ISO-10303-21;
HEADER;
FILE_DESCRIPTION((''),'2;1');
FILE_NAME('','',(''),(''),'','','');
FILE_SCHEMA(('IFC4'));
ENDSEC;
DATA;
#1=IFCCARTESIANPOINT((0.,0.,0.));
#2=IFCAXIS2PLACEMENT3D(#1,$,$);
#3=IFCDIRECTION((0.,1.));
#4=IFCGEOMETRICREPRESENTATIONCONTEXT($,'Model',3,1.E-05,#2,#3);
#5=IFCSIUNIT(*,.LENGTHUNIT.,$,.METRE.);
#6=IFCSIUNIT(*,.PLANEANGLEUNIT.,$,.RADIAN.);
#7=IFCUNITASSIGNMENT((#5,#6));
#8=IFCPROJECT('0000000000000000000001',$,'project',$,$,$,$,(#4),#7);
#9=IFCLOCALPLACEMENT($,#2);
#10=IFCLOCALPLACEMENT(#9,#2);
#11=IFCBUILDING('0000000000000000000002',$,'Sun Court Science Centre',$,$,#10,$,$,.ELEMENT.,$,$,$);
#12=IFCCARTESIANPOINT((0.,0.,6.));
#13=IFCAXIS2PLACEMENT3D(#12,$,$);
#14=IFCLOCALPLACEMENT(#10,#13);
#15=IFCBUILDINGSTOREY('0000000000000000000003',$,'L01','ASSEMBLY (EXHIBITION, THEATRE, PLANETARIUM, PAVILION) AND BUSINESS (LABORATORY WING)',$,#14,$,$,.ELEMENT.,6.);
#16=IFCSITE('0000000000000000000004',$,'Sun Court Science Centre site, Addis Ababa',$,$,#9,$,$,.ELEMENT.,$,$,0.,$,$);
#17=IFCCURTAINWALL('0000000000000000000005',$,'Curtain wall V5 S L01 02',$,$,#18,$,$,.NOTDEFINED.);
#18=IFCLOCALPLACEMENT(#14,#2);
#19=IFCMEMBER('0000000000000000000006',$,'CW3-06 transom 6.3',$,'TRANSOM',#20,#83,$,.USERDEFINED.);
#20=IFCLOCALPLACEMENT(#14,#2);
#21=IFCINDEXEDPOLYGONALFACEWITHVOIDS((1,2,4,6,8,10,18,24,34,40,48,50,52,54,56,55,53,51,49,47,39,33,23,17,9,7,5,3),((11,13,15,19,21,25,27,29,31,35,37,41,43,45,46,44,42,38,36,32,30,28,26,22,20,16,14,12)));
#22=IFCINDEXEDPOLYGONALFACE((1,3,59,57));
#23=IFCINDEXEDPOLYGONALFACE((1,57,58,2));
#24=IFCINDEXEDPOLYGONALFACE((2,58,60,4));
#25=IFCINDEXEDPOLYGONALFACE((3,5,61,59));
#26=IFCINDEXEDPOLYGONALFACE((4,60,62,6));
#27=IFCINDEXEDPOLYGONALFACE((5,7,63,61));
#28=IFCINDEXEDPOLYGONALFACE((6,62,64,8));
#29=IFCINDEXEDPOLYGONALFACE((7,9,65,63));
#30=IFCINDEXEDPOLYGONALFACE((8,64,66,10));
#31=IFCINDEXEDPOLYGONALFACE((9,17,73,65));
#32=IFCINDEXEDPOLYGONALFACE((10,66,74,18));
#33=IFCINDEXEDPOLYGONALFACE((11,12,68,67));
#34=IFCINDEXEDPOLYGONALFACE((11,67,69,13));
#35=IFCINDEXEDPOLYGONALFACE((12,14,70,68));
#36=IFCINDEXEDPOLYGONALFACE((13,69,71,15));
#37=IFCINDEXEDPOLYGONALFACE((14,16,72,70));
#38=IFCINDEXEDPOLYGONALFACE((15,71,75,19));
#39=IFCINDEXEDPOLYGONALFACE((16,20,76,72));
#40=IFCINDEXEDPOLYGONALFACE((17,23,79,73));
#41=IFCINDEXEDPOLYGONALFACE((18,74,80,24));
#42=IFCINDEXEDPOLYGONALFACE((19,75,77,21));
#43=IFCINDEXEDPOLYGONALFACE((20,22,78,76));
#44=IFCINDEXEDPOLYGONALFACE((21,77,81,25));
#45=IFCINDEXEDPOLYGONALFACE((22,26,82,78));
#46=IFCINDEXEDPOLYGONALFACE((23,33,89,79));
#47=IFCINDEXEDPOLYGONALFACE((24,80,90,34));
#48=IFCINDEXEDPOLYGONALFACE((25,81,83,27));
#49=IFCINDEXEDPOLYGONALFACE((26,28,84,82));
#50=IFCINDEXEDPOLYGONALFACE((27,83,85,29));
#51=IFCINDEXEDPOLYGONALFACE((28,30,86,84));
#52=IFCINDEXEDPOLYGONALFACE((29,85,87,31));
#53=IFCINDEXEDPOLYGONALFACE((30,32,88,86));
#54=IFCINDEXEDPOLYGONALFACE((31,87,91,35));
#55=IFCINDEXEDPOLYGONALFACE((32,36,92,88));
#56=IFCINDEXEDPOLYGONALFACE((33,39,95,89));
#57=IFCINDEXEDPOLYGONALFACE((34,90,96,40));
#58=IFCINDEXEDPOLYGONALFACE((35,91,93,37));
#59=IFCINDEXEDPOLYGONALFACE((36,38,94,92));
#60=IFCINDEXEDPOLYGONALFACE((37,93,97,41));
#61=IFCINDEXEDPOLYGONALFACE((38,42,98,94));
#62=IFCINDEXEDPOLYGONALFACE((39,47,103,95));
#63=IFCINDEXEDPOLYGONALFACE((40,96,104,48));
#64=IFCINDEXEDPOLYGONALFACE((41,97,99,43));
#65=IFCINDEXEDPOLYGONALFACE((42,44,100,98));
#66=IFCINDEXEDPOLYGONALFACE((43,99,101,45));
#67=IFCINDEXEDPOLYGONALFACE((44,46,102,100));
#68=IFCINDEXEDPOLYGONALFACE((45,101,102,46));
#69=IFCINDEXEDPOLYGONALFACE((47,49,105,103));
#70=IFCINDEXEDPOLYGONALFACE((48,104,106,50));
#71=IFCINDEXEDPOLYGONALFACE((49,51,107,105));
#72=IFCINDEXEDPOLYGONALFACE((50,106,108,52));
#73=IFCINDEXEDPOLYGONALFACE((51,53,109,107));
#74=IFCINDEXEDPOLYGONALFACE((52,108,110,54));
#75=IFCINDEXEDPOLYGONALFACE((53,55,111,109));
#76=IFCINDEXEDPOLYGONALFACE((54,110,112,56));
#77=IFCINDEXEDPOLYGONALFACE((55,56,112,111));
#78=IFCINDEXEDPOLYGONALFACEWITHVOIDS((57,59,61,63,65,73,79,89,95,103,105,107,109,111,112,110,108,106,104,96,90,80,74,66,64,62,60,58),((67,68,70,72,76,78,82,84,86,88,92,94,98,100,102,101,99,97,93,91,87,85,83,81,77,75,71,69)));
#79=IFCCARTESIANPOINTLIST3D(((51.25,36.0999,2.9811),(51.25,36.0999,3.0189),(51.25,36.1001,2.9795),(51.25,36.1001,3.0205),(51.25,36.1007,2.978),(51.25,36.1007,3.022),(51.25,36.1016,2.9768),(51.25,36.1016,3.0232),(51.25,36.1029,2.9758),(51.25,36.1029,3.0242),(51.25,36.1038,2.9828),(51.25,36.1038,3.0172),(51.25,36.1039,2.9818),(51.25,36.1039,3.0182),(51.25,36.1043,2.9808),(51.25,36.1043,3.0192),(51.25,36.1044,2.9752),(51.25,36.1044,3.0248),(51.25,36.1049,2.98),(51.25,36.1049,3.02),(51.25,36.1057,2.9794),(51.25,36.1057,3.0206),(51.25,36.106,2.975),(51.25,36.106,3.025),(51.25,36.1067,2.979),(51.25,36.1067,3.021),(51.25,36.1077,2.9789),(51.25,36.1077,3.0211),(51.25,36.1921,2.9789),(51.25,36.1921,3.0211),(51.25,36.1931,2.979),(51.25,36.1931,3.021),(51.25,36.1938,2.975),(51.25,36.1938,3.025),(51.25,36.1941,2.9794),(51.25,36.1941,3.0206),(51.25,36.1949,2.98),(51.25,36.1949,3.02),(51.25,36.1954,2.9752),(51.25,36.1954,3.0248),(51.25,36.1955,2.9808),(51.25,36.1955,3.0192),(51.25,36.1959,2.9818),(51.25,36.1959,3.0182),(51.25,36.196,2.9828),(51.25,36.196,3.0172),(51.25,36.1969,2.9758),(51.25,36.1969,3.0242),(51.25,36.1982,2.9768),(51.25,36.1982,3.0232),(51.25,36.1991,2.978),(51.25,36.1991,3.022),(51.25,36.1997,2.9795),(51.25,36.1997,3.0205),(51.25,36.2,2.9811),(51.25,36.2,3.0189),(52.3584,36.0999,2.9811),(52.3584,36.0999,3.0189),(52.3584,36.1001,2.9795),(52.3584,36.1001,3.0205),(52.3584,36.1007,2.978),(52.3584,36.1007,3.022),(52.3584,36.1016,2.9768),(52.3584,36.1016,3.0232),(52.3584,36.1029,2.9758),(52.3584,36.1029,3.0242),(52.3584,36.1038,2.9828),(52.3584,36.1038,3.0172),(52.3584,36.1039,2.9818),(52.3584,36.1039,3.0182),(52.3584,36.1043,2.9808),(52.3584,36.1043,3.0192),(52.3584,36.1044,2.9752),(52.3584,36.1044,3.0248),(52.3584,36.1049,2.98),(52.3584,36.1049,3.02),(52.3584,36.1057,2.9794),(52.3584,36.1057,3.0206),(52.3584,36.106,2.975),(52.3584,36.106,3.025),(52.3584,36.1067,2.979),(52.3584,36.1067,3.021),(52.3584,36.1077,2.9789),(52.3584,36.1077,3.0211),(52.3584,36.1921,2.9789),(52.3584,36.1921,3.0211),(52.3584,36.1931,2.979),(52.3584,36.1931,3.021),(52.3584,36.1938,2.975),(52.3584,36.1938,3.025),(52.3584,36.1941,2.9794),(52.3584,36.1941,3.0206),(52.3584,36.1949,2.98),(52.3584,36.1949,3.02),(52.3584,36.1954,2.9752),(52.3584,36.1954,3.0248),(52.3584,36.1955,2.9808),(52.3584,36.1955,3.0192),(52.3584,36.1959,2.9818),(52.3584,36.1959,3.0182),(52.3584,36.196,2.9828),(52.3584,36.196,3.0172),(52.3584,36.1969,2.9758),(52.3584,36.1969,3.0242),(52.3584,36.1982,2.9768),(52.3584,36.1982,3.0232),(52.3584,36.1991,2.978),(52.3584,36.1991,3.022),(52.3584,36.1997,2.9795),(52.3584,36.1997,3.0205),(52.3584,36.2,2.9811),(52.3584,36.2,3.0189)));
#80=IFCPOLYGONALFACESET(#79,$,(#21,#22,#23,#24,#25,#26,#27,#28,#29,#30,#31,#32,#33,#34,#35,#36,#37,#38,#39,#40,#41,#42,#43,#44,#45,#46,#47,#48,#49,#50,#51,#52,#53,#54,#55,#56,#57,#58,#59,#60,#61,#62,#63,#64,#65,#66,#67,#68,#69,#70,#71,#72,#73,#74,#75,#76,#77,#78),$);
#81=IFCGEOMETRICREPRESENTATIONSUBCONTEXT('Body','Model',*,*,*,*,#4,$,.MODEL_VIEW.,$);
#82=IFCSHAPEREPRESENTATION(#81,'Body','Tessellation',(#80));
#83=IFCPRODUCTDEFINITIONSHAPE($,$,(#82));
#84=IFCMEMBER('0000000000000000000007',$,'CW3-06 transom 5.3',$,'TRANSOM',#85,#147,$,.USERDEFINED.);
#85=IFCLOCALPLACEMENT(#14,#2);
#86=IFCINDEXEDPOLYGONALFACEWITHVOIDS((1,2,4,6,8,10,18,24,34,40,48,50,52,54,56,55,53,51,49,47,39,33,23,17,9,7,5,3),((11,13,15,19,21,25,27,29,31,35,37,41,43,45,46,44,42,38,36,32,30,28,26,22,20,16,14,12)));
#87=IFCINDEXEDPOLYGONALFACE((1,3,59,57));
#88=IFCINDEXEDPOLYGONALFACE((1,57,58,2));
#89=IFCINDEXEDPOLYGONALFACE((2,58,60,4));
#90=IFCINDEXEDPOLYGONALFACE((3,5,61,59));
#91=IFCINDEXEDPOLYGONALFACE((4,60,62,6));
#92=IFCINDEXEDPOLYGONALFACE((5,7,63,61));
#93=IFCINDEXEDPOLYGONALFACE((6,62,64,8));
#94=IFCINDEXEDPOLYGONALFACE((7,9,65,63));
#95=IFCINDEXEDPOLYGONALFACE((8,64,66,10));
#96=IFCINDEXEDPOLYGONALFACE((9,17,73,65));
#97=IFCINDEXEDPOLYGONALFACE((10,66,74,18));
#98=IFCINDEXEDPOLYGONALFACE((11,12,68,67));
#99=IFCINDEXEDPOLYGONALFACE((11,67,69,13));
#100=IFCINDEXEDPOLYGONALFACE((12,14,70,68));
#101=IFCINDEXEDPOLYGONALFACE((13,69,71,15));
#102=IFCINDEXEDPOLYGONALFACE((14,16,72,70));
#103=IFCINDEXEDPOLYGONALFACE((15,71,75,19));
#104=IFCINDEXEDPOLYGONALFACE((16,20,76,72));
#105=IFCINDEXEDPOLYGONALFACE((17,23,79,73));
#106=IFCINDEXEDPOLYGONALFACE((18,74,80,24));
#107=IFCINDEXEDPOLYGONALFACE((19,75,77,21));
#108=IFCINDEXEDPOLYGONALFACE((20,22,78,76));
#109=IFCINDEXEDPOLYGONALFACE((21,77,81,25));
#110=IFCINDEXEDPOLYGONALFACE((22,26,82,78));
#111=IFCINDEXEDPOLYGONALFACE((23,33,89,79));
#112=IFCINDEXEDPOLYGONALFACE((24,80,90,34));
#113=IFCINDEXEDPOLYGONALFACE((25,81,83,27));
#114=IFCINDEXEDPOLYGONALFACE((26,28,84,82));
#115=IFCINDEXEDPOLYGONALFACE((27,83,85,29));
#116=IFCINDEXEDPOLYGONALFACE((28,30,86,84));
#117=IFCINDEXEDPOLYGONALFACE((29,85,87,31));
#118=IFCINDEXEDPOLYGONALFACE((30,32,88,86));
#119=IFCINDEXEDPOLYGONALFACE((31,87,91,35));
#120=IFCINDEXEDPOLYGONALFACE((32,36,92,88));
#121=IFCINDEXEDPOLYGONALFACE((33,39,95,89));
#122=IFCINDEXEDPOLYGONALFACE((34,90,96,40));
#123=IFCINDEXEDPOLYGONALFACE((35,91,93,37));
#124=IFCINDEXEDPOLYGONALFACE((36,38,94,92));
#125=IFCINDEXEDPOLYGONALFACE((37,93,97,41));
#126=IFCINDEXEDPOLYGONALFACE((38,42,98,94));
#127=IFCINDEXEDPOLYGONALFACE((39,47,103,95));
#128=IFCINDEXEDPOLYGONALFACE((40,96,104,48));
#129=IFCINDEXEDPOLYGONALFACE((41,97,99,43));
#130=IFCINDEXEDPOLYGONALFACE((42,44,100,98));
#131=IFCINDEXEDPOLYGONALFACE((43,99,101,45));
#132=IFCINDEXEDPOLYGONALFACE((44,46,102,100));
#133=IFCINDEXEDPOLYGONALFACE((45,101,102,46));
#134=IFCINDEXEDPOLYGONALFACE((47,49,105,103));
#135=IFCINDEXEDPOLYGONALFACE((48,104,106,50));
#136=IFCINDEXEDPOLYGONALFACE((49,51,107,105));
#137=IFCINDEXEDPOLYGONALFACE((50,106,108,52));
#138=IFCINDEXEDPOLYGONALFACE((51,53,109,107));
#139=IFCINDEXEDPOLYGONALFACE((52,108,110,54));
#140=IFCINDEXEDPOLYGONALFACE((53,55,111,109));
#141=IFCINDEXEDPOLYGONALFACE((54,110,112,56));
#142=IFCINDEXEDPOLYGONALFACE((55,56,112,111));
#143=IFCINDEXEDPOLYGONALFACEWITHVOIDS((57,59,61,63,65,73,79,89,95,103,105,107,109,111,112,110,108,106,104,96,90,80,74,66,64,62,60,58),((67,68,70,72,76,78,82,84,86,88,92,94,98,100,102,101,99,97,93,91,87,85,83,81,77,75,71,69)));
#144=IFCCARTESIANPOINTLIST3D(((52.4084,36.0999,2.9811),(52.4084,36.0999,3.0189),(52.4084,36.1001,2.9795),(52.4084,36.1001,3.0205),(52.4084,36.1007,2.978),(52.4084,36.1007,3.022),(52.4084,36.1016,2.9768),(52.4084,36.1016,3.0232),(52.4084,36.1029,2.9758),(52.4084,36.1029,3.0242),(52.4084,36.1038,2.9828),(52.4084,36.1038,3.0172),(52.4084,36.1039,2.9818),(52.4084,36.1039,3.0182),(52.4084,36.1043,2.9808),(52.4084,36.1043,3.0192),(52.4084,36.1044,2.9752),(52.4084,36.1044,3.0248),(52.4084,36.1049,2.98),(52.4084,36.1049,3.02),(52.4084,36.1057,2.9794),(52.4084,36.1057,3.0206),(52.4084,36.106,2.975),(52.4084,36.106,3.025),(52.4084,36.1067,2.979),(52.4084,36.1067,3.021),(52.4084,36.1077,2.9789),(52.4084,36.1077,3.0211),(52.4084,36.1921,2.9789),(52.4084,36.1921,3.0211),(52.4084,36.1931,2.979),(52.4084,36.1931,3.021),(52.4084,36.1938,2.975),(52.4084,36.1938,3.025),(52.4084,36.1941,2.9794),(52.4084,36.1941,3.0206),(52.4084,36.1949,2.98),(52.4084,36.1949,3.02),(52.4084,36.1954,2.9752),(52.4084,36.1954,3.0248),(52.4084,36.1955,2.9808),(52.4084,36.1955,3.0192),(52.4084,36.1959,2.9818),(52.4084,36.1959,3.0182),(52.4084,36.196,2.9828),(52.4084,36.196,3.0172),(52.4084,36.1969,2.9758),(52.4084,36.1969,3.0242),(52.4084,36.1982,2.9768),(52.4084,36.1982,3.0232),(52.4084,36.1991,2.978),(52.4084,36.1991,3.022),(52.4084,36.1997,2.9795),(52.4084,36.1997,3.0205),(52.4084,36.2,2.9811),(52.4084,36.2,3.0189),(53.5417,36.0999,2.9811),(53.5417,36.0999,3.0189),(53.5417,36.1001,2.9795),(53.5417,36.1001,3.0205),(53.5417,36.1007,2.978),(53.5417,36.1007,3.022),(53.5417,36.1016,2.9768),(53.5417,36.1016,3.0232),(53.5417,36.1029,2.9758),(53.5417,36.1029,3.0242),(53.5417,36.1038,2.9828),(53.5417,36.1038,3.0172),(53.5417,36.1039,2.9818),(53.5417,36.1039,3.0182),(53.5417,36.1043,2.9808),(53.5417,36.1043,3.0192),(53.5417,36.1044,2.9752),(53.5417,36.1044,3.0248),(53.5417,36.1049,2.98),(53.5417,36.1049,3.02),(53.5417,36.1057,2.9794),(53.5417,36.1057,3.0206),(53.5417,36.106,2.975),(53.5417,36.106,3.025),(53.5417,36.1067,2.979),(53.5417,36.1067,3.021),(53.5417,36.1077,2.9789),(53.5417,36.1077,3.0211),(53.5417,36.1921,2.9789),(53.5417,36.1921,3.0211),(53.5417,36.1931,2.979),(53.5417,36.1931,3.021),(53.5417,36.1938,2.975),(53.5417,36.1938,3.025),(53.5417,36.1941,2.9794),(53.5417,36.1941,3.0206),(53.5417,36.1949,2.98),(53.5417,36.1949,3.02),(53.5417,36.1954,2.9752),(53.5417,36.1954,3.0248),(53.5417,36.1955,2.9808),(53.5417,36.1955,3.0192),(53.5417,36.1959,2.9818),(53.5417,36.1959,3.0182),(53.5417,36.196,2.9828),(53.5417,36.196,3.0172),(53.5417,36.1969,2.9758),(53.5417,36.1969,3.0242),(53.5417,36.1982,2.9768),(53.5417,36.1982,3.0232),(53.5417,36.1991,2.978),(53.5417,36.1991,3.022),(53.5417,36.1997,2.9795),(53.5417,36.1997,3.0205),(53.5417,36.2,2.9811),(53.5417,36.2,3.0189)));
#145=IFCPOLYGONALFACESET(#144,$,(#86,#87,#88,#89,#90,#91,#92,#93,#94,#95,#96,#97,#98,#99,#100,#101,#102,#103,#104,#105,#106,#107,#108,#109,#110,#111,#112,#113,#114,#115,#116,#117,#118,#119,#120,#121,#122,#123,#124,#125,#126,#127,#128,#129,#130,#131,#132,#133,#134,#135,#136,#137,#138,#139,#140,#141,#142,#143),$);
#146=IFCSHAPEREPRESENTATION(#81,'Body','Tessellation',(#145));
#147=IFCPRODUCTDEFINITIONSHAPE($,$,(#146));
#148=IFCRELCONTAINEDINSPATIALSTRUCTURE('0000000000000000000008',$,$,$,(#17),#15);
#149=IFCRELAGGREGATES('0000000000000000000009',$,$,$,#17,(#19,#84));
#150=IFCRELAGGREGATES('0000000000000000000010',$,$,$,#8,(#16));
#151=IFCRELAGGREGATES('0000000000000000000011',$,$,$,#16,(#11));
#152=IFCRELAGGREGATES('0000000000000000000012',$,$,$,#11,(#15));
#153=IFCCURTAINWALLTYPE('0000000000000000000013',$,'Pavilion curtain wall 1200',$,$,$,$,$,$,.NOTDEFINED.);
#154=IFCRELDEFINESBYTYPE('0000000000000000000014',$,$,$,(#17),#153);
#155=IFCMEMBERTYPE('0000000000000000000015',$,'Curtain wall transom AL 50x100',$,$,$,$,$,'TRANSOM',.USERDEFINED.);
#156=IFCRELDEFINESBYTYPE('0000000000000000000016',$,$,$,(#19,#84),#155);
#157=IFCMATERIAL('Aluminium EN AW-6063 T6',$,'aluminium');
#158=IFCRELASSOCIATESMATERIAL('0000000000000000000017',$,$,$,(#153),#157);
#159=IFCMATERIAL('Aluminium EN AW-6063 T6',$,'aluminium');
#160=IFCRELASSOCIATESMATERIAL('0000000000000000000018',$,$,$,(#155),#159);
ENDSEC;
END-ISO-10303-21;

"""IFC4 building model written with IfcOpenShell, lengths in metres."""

from ifc_helpers import new_model, si_unit, direction, frame, origin, origin_2d, place, context, subcontext, project, spatial, hollow_rectangle, extrude, material, material_profile, profile_set, type_object, element, aggregate, save


model = new_model("IFC4")

# Units and contexts
model_context = context("Model", 3, precision=1e-05, world=origin(), true_north=direction((0.0, 1.0)))
body_context = subcontext(model_context, "Body", "Model", "MODEL_VIEW")
ifc_project = project(units=[si_unit("LENGTHUNIT", "METRE"), si_unit("PLANEANGLEUNIT", "RADIAN")], contexts=[model_context])

# Site, building, storey
site_placement = place(None, origin())
site = spatial("IfcSite", under=ifc_project, at=site_placement, Name="Sun Court Science Centre site, Addis Ababa", CompositionType="ELEMENT", RefElevation=0.0)
building_placement = place(site_placement, origin())
building = spatial("IfcBuilding", under=site, at=building_placement, Name="Sun Court Science Centre", CompositionType="ELEMENT")
storey_placement = place(building_placement, frame((0.0, 0.0, 6.0)))
storey = spatial("IfcBuildingStorey", under=building, at=storey_placement, Name="L01", Description="ASSEMBLY (EXHIBITION, THEATRE, PLANETARIUM, PAVILION) AND BUSINESS (LABORATORY WING)", CompositionType="ELEMENT", Elevation=6.0)

# Curtain wall, members
ifc_material_1 = material(Name="Aluminium EN AW-6063 T6", Category="aluminium")
curtain_wall_type = type_object("IfcCurtainWallType", Name="Pavilion curtain wall 1200", PredefinedType="NOTDEFINED", material=ifc_material_1)
curtain_wall_placement = place(storey_placement, origin())
curtain_wall = element("IfcCurtainWall", 1, at=curtain_wall_placement, inside=storey, type_object=curtain_wall_type, Name="Curtain wall V5 S L01 02", PredefinedType="NOTDEFINED")
ifc_material_2 = material(Name="Aluminium EN AW-6063 T6", Category="aluminium")
ifc_material_profile_1 = material_profile(ifc_material_2, hollow_rectangle(XDim=0.05, YDim=0.1001, WallThickness=0.0039, InnerFilletRadius=0.0039, OuterFilletRadius=0.0061, at=origin_2d()), Name="AL 50x100x4")
ifc_profile_set_1 = profile_set([ifc_material_profile_1], Name="Aluminium EN AW-6063 T6")
member_type_1 = type_object("IfcMemberType", Name="Curtain wall transom AL 50x100", ElementType="TRANSOM", PredefinedType="USERDEFINED", material=ifc_profile_set_1)
member_1_placement = place(storey_placement, frame((52.3584, 36.1499, 3.0), z_axis=(-1.0, 0.0, 0.0), x_axis=(0.0, 0.0, 1.0)))
member_1 = element("IfcMember", 2, at=member_1_placement, type_object=member_type_1, Name="CW3-06 transom 6.3", ObjectType="TRANSOM", PredefinedType="USERDEFINED", context=body_context, shape_type="SweptSolid", body=[
    extrude(hollow_rectangle(XDim=0.05, YDim=0.1001, WallThickness=0.0039, InnerFilletRadius=0.0039, OuterFilletRadius=0.0061, at=origin_2d()), origin(), (0.0, 0.0, 1.0), 1.1084),
])
member_2_placement = place(storey_placement, frame((53.5417, 36.1499, 3.0), z_axis=(-1.0, 0.0, 0.0), x_axis=(0.0, 0.0, 1.0)))
member_2 = element("IfcMember", 3, at=member_2_placement, type_object=member_type_1, Name="CW3-06 transom 5.3", ObjectType="TRANSOM", PredefinedType="USERDEFINED", context=body_context, shape_type="SweptSolid", body=[
    extrude(hollow_rectangle(XDim=0.05, YDim=0.1001, WallThickness=0.0039, InnerFilletRadius=0.0039, OuterFilletRadius=0.0061, at=origin_2d()), origin(), (0.0, 0.0, 1.0), 1.1333),
])
aggregate(curtain_wall, [member_1, member_2])

save(model, "model.ifc")
